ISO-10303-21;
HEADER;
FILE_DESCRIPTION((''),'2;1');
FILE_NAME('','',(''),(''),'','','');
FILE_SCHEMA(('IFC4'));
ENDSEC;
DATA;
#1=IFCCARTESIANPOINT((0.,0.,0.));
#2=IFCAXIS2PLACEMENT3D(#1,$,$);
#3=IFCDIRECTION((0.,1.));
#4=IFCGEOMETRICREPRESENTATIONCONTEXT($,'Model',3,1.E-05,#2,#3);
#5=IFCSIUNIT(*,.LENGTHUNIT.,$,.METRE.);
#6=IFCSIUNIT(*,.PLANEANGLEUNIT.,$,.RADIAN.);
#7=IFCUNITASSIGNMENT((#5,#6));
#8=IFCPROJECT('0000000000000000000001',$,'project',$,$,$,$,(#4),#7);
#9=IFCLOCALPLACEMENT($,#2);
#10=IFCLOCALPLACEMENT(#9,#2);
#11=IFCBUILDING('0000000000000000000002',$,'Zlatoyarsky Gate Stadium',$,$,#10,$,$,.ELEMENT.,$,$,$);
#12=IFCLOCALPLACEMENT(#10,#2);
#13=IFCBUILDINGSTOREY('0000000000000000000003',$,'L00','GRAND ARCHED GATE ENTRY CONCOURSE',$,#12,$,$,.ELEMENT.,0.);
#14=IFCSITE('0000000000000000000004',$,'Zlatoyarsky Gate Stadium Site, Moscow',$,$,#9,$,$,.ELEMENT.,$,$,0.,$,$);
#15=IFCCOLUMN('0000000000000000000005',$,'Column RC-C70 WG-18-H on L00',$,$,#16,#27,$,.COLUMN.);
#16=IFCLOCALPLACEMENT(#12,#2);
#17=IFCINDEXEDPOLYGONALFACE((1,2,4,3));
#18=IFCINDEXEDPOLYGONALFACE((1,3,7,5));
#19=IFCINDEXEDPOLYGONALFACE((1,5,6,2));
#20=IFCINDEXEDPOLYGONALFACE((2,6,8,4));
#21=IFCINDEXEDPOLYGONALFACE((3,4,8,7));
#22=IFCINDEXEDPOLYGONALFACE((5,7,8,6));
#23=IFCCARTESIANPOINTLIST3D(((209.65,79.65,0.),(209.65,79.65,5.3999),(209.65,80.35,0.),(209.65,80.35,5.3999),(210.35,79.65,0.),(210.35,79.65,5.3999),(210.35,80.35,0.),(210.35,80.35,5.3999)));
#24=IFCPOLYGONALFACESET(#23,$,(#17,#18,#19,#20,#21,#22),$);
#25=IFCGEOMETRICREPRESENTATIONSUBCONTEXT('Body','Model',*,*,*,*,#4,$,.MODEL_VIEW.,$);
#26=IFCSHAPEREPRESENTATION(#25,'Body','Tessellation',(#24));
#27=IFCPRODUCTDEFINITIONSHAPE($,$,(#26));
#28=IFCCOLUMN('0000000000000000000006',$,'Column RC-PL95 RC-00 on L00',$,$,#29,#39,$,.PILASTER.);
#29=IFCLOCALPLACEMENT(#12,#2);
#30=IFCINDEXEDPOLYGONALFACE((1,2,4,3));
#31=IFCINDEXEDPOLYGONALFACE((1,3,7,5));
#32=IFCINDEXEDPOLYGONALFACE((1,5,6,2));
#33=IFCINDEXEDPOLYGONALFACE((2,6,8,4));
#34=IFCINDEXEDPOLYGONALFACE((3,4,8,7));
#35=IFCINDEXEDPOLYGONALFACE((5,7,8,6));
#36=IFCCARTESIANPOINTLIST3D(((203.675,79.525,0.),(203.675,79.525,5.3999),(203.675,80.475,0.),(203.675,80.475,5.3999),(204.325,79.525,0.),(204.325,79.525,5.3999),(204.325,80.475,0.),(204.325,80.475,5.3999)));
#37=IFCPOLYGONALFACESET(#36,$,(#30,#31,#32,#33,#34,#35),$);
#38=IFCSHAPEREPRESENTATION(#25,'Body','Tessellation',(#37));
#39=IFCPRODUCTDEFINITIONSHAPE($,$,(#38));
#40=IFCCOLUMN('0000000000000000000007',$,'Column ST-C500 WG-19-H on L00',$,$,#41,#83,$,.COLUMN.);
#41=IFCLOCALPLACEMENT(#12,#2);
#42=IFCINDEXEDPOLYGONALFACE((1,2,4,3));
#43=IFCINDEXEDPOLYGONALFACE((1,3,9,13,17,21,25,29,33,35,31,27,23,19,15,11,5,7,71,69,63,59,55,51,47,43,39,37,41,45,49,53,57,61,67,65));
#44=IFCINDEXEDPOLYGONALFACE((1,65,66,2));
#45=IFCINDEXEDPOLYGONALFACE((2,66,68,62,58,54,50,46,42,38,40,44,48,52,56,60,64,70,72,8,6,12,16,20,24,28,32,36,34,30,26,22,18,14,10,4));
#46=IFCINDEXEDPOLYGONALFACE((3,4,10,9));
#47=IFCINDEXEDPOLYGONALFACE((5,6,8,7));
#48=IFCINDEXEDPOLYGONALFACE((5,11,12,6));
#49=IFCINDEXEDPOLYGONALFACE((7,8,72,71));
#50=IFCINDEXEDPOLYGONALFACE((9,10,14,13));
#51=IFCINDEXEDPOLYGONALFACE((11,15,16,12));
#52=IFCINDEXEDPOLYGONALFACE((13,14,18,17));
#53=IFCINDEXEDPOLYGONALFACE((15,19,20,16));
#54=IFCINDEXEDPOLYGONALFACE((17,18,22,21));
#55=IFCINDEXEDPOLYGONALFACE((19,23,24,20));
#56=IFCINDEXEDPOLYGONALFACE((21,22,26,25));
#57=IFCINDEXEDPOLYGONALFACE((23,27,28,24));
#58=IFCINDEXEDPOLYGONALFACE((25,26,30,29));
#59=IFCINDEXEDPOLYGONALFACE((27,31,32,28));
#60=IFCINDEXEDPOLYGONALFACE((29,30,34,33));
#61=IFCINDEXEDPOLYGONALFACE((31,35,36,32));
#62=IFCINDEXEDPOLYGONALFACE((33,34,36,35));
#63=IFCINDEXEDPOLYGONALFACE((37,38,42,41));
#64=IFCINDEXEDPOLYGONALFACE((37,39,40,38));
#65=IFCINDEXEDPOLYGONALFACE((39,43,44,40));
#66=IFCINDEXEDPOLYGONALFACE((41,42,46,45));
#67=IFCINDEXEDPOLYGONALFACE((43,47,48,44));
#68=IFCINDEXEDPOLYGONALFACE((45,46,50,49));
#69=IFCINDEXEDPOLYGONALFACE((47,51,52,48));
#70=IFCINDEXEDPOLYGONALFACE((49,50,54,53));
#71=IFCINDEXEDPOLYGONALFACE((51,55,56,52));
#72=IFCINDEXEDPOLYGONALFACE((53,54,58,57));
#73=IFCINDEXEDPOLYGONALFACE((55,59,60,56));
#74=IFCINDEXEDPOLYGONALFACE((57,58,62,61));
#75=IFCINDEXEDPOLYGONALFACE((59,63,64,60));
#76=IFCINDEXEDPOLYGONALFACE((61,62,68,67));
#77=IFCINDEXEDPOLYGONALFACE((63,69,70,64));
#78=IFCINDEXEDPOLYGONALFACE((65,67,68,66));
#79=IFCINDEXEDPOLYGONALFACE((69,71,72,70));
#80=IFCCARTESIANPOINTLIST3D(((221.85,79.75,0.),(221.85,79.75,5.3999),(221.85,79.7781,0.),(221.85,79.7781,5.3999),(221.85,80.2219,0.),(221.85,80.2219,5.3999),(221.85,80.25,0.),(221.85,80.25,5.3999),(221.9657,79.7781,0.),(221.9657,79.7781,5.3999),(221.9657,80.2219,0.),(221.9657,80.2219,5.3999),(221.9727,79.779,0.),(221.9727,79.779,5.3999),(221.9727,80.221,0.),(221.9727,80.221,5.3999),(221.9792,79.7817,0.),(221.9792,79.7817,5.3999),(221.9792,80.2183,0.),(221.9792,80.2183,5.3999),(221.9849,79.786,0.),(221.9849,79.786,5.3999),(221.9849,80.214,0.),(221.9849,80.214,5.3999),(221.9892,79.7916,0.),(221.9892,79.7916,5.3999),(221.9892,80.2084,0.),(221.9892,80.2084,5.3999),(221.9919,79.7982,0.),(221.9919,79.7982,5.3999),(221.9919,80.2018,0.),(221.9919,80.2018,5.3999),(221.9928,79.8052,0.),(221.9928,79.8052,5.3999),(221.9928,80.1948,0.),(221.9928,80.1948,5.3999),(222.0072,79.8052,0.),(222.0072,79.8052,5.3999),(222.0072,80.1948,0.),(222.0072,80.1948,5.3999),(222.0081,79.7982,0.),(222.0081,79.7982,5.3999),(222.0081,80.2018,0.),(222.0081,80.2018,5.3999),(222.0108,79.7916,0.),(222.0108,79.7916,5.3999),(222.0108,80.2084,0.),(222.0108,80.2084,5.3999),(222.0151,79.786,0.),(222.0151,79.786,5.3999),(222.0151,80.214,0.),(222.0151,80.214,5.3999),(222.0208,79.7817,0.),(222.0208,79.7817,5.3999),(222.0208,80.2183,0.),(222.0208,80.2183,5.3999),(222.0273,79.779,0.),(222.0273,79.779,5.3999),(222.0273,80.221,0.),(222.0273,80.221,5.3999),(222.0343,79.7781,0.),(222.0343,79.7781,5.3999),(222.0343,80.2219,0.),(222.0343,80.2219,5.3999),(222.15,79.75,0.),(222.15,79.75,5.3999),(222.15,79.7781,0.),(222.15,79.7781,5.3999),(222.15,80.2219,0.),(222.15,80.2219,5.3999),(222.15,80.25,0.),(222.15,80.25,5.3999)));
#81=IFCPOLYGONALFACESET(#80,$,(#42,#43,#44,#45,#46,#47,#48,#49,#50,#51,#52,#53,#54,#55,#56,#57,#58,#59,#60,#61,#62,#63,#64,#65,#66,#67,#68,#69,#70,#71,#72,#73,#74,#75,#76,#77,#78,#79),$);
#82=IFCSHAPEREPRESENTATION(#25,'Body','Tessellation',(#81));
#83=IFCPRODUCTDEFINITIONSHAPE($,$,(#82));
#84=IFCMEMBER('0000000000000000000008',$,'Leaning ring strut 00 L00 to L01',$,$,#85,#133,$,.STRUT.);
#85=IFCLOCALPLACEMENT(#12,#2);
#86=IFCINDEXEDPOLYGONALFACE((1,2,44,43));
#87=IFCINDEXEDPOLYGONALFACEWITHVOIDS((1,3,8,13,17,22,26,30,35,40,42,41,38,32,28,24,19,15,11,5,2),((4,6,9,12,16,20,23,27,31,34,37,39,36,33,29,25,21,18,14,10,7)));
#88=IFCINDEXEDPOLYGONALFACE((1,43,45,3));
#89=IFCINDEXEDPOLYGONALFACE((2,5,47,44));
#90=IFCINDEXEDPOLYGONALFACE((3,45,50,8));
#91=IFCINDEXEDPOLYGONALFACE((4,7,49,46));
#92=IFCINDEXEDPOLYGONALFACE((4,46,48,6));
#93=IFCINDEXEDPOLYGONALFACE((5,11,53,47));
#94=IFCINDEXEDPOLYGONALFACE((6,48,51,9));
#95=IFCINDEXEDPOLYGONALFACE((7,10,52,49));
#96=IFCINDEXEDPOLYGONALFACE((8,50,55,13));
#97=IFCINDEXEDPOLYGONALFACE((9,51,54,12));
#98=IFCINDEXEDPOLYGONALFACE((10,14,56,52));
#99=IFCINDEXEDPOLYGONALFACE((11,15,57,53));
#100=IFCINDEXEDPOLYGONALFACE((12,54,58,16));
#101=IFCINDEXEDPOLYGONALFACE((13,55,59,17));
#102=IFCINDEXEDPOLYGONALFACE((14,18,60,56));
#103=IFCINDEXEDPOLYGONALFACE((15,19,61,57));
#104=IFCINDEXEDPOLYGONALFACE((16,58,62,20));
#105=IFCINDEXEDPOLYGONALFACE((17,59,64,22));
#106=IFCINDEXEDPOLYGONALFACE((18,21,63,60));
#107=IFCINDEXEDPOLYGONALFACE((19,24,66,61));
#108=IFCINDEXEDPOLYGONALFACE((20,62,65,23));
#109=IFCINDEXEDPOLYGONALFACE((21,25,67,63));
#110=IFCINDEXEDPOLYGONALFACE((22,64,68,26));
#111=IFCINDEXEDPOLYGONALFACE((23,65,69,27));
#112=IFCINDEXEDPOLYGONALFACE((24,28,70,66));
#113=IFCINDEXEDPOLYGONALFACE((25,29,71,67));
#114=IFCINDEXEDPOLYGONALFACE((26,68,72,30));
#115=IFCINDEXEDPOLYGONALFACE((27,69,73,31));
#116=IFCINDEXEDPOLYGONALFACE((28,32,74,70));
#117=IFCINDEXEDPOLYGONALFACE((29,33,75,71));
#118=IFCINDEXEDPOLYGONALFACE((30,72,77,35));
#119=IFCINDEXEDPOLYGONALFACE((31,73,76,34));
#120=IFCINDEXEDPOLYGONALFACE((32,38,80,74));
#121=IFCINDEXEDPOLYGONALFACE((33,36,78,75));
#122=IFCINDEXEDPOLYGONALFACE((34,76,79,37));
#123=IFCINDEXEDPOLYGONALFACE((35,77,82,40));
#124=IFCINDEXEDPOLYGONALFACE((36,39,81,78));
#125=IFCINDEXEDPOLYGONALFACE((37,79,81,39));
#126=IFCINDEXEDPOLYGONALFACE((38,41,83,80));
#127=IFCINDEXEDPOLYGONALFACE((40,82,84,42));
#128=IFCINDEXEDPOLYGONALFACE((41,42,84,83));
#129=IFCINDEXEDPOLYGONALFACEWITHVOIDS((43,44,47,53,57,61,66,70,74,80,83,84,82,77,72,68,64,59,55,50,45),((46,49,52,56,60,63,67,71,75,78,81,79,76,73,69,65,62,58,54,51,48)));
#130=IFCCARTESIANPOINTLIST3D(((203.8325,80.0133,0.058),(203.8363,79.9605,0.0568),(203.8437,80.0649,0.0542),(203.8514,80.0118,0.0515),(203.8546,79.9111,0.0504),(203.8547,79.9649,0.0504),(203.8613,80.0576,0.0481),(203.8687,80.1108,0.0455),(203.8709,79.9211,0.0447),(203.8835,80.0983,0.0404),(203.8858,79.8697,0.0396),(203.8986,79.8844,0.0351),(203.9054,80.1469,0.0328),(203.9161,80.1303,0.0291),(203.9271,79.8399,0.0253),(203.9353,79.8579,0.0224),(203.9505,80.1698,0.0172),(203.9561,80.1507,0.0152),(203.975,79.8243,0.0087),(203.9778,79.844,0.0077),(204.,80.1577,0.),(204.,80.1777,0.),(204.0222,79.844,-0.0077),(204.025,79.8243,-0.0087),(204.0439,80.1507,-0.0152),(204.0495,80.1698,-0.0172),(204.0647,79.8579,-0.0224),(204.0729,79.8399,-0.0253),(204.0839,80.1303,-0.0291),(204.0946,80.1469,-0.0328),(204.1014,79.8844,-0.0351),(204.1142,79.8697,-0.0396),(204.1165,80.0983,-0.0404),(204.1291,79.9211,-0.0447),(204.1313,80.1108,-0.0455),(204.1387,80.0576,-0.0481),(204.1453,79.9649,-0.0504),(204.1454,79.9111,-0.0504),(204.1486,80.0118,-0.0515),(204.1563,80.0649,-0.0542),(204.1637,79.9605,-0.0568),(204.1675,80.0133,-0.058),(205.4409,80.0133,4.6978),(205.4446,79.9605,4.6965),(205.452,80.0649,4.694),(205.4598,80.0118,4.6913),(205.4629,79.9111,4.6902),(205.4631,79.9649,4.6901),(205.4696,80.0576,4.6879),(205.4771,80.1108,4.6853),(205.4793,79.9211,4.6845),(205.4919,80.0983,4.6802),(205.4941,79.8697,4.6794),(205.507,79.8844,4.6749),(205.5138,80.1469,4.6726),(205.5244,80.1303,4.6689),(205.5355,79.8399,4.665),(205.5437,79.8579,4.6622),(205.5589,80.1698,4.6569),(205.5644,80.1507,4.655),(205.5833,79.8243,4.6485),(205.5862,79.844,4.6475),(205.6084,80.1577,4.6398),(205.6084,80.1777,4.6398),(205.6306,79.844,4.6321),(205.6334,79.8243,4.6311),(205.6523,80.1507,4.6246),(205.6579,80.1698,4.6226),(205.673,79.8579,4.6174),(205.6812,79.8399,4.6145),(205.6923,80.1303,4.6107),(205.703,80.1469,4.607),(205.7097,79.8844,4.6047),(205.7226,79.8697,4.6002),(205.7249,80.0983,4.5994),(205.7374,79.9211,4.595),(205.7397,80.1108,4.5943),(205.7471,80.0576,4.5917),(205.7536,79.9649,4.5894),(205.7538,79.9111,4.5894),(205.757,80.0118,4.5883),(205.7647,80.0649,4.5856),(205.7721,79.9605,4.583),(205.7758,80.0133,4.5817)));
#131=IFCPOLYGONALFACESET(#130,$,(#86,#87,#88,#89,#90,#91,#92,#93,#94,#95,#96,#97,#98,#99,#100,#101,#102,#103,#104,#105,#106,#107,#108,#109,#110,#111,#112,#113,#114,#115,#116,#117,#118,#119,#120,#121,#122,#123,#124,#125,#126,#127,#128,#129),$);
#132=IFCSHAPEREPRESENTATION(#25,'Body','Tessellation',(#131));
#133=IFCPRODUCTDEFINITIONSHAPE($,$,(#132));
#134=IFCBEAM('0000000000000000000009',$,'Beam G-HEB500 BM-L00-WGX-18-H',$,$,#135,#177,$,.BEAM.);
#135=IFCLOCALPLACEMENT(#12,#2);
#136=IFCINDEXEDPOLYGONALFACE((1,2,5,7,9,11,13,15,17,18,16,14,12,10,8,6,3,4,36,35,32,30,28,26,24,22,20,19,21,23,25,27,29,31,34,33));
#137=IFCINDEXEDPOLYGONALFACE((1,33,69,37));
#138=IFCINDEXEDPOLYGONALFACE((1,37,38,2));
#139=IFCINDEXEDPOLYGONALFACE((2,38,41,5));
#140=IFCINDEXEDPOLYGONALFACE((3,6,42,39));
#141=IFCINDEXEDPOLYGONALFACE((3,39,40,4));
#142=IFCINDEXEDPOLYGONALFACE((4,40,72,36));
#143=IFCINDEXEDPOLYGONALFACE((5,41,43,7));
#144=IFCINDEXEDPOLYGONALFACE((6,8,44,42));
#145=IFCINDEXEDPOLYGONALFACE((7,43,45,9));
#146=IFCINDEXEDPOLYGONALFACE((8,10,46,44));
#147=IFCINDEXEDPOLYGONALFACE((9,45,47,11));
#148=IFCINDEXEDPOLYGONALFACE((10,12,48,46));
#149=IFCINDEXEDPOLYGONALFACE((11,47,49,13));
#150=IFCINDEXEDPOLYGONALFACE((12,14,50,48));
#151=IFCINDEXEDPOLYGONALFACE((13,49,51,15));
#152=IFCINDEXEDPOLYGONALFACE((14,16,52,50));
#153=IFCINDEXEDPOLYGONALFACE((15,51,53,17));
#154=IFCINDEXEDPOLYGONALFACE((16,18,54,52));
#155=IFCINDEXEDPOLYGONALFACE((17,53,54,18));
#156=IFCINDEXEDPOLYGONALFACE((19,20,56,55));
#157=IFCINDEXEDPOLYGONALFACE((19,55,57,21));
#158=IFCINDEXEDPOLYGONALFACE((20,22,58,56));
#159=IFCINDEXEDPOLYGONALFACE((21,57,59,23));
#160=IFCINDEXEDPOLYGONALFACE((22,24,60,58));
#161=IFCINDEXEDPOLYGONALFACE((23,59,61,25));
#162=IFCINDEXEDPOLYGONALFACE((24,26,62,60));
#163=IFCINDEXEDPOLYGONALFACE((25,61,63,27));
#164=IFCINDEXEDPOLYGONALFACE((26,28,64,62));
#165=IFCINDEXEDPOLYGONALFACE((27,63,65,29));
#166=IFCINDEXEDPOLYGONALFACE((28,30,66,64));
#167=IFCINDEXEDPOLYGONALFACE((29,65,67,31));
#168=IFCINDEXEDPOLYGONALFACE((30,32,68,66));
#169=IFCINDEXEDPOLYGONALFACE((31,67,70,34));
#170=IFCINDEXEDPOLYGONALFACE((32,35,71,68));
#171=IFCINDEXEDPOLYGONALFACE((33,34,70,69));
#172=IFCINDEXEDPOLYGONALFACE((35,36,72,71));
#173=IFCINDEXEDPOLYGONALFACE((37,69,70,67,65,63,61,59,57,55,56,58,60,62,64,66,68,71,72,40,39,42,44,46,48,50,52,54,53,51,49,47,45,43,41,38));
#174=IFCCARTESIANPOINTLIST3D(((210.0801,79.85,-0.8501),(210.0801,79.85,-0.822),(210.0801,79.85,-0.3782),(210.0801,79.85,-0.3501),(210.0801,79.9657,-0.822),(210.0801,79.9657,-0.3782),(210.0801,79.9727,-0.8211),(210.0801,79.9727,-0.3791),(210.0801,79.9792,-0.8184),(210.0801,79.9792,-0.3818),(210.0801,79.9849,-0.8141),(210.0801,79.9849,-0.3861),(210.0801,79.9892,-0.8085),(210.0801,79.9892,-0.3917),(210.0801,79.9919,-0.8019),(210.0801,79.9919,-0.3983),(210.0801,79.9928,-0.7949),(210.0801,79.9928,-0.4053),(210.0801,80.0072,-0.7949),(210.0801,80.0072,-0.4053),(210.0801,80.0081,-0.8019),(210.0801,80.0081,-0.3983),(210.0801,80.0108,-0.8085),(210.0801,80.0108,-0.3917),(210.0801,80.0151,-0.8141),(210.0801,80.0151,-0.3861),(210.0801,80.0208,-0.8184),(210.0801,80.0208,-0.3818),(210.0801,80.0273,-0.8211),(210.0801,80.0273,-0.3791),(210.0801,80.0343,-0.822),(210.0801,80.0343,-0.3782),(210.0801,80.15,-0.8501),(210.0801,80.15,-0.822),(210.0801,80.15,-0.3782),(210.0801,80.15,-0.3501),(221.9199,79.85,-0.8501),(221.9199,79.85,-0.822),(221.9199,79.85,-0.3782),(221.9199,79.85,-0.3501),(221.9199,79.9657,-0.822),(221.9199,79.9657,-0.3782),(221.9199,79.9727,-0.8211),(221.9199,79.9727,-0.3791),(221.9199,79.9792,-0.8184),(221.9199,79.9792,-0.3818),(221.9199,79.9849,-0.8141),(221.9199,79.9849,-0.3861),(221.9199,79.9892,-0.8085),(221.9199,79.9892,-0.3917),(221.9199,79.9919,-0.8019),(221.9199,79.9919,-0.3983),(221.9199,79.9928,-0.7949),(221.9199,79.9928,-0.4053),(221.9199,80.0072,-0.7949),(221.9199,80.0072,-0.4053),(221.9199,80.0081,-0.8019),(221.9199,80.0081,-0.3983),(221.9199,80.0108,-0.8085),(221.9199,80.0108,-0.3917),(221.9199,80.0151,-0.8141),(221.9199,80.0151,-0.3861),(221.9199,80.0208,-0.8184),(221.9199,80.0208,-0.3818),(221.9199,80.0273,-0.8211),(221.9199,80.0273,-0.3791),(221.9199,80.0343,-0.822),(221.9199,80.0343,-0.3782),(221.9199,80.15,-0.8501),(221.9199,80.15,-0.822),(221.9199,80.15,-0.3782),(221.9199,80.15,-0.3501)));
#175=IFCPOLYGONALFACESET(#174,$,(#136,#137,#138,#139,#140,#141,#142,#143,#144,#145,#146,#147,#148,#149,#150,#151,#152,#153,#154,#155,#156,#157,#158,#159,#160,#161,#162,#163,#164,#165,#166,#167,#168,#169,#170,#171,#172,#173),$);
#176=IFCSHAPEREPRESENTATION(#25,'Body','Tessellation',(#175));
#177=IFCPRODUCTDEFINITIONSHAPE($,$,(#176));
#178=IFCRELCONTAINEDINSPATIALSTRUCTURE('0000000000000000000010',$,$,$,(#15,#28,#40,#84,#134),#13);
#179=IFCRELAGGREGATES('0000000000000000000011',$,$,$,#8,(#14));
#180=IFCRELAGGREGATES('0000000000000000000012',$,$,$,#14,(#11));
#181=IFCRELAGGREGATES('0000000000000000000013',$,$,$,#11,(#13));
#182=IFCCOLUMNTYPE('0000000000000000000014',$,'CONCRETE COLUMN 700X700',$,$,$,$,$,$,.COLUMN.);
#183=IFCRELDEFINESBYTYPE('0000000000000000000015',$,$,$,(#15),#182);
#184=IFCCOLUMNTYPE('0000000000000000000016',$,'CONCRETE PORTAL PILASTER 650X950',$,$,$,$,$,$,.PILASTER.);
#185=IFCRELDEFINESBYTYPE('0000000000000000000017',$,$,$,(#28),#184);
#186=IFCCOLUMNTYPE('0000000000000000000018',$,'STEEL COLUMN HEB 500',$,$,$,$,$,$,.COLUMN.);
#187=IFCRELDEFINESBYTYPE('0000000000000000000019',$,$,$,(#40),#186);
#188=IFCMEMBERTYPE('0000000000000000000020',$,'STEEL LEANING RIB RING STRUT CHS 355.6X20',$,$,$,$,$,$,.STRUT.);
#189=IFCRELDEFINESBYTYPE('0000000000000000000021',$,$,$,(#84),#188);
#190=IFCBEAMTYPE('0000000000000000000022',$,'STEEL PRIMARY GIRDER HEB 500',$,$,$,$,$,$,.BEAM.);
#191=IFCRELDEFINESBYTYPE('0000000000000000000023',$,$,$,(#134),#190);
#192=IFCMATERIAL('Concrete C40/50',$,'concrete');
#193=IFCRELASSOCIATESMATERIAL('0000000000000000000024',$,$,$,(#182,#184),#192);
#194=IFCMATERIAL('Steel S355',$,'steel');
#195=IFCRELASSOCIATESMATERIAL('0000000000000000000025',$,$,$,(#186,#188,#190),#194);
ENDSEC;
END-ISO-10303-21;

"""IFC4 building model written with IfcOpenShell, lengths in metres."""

from ifc_helpers import new_model, si_unit, direction, frame, origin, origin_2d, place, context, subcontext, project, spatial, rectangle, hollow_circle, i_section, extrude, material, material_profile, profile_set, type_object, element, save


model = new_model("IFC4")

# Units and contexts
model_context = context("Model", 3, precision=1e-05, world=origin(), true_north=direction((0.0, 1.0)))
body_context = subcontext(model_context, "Body", "Model", "MODEL_VIEW")
ifc_project = project(units=[si_unit("LENGTHUNIT", "METRE"), si_unit("PLANEANGLEUNIT", "RADIAN")], contexts=[model_context])

# Site, building, storey
site_placement = place(None, origin())
site = spatial("IfcSite", under=ifc_project, at=site_placement, Name="Zlatoyarsky Gate Stadium Site, Moscow", CompositionType="ELEMENT", RefElevation=0.0)
building_placement = place(site_placement, origin())
building = spatial("IfcBuilding", under=site, at=building_placement, Name="Zlatoyarsky Gate Stadium", CompositionType="ELEMENT")
storey_placement = place(building_placement, origin())
storey = spatial("IfcBuildingStorey", under=building, at=storey_placement, Name="L00", Description="GRAND ARCHED GATE ENTRY CONCOURSE", CompositionType="ELEMENT", Elevation=0.0)

# Columns
ifc_material_1 = material(Name="Concrete C40/50", Category="concrete")
ifc_material_profile_1 = material_profile(ifc_material_1, rectangle(XDim=0.7, YDim=0.7, at=origin_2d()), Name="RC COL 700X700")
ifc_profile_set_1 = profile_set([ifc_material_profile_1], Name="Concrete C40/50")
column_type_1 = type_object("IfcColumnType", Name="CONCRETE COLUMN 700X700", PredefinedType="COLUMN", material=ifc_profile_set_1)
column_1_placement = place(storey_placement, frame((210.0, 80.0, 0.0), z_axis=(0.0, 0.0, 1.0), x_axis=(1.0, 0.0, 0.0)))
element("IfcColumn", 1, at=column_1_placement, inside=storey, type_object=column_type_1, Name="Column RC-C70 WG-18-H on L00", PredefinedType="COLUMN", context=body_context, shape_type="SweptSolid", body=[
    extrude(rectangle(XDim=0.7, YDim=0.7, at=origin_2d()), origin(), (0.0, 0.0, 1.0), 5.3999),
])
ifc_material_profile_2 = material_profile(ifc_material_1, rectangle(XDim=0.6499, YDim=0.95, at=origin_2d()), Name="RC PILASTER 650X950")
ifc_profile_set_2 = profile_set([ifc_material_profile_2], Name="Concrete C40/50")
column_type_2 = type_object("IfcColumnType", Name="CONCRETE PORTAL PILASTER 650X950", PredefinedType="PILASTER", material=ifc_profile_set_2)
column_2_placement = place(storey_placement, frame((204.0, 80.0, 0.0), z_axis=(0.0, 0.0, 1.0), x_axis=(1.0, 0.0, 0.0)))
element("IfcColumn", 2, at=column_2_placement, inside=storey, type_object=column_type_2, Name="Column RC-PL95 RC-00 on L00", PredefinedType="PILASTER", context=body_context, shape_type="SweptSolid", body=[
    extrude(rectangle(XDim=0.6499, YDim=0.95, at=origin_2d()), origin(), (0.0, 0.0, 1.0), 5.3999),
])
ifc_material_2 = material(Name="Steel S355", Category="steel")
ifc_material_profile_3 = material_profile(ifc_material_2, i_section(OverallWidth=0.3, OverallDepth=0.5, WebThickness=0.0144, FlangeThickness=0.0281, FilletRadius=0.0271, at=origin_2d()), Name="HEB 500")
ifc_profile_set_3 = profile_set([ifc_material_profile_3], Name="Steel S355")
column_type_3 = type_object("IfcColumnType", Name="STEEL COLUMN HEB 500", PredefinedType="COLUMN", material=ifc_profile_set_3)
column_3_placement = place(storey_placement, frame((222.0, 80.0, 0.0), z_axis=(0.0, 0.0, 1.0), x_axis=(1.0, 0.0, 0.0)))
element("IfcColumn", 3, at=column_3_placement, inside=storey, type_object=column_type_3, Name="Column ST-C500 WG-19-H on L00", PredefinedType="COLUMN", context=body_context, shape_type="SweptSolid", body=[
    extrude(i_section(OverallWidth=0.3, OverallDepth=0.5, WebThickness=0.0144, FlangeThickness=0.0281, FilletRadius=0.0271, at=origin_2d()), origin(), (0.0, 0.0, 1.0), 5.3999),
])

# Member
ifc_material_profile_4 = material_profile(ifc_material_2, hollow_circle(Radius=0.1777, WallThickness=0.02, at=origin_2d()), Name="CHS 355.6X20")
ifc_profile_set_4 = profile_set([ifc_material_profile_4], Name="Steel S355")
member_type = type_object("IfcMemberType", Name="STEEL LEANING RIB RING STRUT CHS 355.6X20", PredefinedType="STRUT", material=ifc_profile_set_4)
member_placement = place(storey_placement, frame((204.0, 80.0, 0.0), z_axis=(0.327525, 0.0, 0.944842), x_axis=(0.0, 1.0, 0.0)))
element("IfcMember", 4, at=member_placement, inside=storey, type_object=member_type, Name="Leaning ring strut 00 L00 to L01", PredefinedType="STRUT", context=body_context, shape_type="SweptSolid", body=[
    extrude(hollow_circle(Radius=0.1777, WallThickness=0.02, at=origin_2d()), origin(), (0.0, 0.0, 1.0), 4.9106),
])

# Beam
ifc_material_profile_5 = material_profile(ifc_material_2, i_section(OverallWidth=0.3, OverallDepth=0.5, WebThickness=0.0144, FlangeThickness=0.0281, FilletRadius=0.0271, at=origin_2d()), Name="HEB 500")
ifc_profile_set_5 = profile_set([ifc_material_profile_5], Name="Steel S355")
beam_type_1 = type_object("IfcBeamType", Name="STEEL PRIMARY GIRDER HEB 500", PredefinedType="BEAM", material=ifc_profile_set_5)
beam_1_placement = place(storey_placement, frame((210.0801, 80.0, -0.6001), z_axis=(1.0, 0.0, 0.0), x_axis=(0.0, 1.0, 0.0)))
element("IfcBeam", 5, at=beam_1_placement, inside=storey, type_object=beam_type_1, Name="Beam G-HEB500 BM-L00-WGX-18-H", PredefinedType="BEAM", context=body_context, shape_type="SweptSolid", body=[
    extrude(i_section(OverallWidth=0.3, OverallDepth=0.5, WebThickness=0.0144, FlangeThickness=0.0281, FilletRadius=0.0271, at=origin_2d()), origin(), (0.0, 0.0, 1.0), 11.8398),
])

save(model, "model.ifc")
